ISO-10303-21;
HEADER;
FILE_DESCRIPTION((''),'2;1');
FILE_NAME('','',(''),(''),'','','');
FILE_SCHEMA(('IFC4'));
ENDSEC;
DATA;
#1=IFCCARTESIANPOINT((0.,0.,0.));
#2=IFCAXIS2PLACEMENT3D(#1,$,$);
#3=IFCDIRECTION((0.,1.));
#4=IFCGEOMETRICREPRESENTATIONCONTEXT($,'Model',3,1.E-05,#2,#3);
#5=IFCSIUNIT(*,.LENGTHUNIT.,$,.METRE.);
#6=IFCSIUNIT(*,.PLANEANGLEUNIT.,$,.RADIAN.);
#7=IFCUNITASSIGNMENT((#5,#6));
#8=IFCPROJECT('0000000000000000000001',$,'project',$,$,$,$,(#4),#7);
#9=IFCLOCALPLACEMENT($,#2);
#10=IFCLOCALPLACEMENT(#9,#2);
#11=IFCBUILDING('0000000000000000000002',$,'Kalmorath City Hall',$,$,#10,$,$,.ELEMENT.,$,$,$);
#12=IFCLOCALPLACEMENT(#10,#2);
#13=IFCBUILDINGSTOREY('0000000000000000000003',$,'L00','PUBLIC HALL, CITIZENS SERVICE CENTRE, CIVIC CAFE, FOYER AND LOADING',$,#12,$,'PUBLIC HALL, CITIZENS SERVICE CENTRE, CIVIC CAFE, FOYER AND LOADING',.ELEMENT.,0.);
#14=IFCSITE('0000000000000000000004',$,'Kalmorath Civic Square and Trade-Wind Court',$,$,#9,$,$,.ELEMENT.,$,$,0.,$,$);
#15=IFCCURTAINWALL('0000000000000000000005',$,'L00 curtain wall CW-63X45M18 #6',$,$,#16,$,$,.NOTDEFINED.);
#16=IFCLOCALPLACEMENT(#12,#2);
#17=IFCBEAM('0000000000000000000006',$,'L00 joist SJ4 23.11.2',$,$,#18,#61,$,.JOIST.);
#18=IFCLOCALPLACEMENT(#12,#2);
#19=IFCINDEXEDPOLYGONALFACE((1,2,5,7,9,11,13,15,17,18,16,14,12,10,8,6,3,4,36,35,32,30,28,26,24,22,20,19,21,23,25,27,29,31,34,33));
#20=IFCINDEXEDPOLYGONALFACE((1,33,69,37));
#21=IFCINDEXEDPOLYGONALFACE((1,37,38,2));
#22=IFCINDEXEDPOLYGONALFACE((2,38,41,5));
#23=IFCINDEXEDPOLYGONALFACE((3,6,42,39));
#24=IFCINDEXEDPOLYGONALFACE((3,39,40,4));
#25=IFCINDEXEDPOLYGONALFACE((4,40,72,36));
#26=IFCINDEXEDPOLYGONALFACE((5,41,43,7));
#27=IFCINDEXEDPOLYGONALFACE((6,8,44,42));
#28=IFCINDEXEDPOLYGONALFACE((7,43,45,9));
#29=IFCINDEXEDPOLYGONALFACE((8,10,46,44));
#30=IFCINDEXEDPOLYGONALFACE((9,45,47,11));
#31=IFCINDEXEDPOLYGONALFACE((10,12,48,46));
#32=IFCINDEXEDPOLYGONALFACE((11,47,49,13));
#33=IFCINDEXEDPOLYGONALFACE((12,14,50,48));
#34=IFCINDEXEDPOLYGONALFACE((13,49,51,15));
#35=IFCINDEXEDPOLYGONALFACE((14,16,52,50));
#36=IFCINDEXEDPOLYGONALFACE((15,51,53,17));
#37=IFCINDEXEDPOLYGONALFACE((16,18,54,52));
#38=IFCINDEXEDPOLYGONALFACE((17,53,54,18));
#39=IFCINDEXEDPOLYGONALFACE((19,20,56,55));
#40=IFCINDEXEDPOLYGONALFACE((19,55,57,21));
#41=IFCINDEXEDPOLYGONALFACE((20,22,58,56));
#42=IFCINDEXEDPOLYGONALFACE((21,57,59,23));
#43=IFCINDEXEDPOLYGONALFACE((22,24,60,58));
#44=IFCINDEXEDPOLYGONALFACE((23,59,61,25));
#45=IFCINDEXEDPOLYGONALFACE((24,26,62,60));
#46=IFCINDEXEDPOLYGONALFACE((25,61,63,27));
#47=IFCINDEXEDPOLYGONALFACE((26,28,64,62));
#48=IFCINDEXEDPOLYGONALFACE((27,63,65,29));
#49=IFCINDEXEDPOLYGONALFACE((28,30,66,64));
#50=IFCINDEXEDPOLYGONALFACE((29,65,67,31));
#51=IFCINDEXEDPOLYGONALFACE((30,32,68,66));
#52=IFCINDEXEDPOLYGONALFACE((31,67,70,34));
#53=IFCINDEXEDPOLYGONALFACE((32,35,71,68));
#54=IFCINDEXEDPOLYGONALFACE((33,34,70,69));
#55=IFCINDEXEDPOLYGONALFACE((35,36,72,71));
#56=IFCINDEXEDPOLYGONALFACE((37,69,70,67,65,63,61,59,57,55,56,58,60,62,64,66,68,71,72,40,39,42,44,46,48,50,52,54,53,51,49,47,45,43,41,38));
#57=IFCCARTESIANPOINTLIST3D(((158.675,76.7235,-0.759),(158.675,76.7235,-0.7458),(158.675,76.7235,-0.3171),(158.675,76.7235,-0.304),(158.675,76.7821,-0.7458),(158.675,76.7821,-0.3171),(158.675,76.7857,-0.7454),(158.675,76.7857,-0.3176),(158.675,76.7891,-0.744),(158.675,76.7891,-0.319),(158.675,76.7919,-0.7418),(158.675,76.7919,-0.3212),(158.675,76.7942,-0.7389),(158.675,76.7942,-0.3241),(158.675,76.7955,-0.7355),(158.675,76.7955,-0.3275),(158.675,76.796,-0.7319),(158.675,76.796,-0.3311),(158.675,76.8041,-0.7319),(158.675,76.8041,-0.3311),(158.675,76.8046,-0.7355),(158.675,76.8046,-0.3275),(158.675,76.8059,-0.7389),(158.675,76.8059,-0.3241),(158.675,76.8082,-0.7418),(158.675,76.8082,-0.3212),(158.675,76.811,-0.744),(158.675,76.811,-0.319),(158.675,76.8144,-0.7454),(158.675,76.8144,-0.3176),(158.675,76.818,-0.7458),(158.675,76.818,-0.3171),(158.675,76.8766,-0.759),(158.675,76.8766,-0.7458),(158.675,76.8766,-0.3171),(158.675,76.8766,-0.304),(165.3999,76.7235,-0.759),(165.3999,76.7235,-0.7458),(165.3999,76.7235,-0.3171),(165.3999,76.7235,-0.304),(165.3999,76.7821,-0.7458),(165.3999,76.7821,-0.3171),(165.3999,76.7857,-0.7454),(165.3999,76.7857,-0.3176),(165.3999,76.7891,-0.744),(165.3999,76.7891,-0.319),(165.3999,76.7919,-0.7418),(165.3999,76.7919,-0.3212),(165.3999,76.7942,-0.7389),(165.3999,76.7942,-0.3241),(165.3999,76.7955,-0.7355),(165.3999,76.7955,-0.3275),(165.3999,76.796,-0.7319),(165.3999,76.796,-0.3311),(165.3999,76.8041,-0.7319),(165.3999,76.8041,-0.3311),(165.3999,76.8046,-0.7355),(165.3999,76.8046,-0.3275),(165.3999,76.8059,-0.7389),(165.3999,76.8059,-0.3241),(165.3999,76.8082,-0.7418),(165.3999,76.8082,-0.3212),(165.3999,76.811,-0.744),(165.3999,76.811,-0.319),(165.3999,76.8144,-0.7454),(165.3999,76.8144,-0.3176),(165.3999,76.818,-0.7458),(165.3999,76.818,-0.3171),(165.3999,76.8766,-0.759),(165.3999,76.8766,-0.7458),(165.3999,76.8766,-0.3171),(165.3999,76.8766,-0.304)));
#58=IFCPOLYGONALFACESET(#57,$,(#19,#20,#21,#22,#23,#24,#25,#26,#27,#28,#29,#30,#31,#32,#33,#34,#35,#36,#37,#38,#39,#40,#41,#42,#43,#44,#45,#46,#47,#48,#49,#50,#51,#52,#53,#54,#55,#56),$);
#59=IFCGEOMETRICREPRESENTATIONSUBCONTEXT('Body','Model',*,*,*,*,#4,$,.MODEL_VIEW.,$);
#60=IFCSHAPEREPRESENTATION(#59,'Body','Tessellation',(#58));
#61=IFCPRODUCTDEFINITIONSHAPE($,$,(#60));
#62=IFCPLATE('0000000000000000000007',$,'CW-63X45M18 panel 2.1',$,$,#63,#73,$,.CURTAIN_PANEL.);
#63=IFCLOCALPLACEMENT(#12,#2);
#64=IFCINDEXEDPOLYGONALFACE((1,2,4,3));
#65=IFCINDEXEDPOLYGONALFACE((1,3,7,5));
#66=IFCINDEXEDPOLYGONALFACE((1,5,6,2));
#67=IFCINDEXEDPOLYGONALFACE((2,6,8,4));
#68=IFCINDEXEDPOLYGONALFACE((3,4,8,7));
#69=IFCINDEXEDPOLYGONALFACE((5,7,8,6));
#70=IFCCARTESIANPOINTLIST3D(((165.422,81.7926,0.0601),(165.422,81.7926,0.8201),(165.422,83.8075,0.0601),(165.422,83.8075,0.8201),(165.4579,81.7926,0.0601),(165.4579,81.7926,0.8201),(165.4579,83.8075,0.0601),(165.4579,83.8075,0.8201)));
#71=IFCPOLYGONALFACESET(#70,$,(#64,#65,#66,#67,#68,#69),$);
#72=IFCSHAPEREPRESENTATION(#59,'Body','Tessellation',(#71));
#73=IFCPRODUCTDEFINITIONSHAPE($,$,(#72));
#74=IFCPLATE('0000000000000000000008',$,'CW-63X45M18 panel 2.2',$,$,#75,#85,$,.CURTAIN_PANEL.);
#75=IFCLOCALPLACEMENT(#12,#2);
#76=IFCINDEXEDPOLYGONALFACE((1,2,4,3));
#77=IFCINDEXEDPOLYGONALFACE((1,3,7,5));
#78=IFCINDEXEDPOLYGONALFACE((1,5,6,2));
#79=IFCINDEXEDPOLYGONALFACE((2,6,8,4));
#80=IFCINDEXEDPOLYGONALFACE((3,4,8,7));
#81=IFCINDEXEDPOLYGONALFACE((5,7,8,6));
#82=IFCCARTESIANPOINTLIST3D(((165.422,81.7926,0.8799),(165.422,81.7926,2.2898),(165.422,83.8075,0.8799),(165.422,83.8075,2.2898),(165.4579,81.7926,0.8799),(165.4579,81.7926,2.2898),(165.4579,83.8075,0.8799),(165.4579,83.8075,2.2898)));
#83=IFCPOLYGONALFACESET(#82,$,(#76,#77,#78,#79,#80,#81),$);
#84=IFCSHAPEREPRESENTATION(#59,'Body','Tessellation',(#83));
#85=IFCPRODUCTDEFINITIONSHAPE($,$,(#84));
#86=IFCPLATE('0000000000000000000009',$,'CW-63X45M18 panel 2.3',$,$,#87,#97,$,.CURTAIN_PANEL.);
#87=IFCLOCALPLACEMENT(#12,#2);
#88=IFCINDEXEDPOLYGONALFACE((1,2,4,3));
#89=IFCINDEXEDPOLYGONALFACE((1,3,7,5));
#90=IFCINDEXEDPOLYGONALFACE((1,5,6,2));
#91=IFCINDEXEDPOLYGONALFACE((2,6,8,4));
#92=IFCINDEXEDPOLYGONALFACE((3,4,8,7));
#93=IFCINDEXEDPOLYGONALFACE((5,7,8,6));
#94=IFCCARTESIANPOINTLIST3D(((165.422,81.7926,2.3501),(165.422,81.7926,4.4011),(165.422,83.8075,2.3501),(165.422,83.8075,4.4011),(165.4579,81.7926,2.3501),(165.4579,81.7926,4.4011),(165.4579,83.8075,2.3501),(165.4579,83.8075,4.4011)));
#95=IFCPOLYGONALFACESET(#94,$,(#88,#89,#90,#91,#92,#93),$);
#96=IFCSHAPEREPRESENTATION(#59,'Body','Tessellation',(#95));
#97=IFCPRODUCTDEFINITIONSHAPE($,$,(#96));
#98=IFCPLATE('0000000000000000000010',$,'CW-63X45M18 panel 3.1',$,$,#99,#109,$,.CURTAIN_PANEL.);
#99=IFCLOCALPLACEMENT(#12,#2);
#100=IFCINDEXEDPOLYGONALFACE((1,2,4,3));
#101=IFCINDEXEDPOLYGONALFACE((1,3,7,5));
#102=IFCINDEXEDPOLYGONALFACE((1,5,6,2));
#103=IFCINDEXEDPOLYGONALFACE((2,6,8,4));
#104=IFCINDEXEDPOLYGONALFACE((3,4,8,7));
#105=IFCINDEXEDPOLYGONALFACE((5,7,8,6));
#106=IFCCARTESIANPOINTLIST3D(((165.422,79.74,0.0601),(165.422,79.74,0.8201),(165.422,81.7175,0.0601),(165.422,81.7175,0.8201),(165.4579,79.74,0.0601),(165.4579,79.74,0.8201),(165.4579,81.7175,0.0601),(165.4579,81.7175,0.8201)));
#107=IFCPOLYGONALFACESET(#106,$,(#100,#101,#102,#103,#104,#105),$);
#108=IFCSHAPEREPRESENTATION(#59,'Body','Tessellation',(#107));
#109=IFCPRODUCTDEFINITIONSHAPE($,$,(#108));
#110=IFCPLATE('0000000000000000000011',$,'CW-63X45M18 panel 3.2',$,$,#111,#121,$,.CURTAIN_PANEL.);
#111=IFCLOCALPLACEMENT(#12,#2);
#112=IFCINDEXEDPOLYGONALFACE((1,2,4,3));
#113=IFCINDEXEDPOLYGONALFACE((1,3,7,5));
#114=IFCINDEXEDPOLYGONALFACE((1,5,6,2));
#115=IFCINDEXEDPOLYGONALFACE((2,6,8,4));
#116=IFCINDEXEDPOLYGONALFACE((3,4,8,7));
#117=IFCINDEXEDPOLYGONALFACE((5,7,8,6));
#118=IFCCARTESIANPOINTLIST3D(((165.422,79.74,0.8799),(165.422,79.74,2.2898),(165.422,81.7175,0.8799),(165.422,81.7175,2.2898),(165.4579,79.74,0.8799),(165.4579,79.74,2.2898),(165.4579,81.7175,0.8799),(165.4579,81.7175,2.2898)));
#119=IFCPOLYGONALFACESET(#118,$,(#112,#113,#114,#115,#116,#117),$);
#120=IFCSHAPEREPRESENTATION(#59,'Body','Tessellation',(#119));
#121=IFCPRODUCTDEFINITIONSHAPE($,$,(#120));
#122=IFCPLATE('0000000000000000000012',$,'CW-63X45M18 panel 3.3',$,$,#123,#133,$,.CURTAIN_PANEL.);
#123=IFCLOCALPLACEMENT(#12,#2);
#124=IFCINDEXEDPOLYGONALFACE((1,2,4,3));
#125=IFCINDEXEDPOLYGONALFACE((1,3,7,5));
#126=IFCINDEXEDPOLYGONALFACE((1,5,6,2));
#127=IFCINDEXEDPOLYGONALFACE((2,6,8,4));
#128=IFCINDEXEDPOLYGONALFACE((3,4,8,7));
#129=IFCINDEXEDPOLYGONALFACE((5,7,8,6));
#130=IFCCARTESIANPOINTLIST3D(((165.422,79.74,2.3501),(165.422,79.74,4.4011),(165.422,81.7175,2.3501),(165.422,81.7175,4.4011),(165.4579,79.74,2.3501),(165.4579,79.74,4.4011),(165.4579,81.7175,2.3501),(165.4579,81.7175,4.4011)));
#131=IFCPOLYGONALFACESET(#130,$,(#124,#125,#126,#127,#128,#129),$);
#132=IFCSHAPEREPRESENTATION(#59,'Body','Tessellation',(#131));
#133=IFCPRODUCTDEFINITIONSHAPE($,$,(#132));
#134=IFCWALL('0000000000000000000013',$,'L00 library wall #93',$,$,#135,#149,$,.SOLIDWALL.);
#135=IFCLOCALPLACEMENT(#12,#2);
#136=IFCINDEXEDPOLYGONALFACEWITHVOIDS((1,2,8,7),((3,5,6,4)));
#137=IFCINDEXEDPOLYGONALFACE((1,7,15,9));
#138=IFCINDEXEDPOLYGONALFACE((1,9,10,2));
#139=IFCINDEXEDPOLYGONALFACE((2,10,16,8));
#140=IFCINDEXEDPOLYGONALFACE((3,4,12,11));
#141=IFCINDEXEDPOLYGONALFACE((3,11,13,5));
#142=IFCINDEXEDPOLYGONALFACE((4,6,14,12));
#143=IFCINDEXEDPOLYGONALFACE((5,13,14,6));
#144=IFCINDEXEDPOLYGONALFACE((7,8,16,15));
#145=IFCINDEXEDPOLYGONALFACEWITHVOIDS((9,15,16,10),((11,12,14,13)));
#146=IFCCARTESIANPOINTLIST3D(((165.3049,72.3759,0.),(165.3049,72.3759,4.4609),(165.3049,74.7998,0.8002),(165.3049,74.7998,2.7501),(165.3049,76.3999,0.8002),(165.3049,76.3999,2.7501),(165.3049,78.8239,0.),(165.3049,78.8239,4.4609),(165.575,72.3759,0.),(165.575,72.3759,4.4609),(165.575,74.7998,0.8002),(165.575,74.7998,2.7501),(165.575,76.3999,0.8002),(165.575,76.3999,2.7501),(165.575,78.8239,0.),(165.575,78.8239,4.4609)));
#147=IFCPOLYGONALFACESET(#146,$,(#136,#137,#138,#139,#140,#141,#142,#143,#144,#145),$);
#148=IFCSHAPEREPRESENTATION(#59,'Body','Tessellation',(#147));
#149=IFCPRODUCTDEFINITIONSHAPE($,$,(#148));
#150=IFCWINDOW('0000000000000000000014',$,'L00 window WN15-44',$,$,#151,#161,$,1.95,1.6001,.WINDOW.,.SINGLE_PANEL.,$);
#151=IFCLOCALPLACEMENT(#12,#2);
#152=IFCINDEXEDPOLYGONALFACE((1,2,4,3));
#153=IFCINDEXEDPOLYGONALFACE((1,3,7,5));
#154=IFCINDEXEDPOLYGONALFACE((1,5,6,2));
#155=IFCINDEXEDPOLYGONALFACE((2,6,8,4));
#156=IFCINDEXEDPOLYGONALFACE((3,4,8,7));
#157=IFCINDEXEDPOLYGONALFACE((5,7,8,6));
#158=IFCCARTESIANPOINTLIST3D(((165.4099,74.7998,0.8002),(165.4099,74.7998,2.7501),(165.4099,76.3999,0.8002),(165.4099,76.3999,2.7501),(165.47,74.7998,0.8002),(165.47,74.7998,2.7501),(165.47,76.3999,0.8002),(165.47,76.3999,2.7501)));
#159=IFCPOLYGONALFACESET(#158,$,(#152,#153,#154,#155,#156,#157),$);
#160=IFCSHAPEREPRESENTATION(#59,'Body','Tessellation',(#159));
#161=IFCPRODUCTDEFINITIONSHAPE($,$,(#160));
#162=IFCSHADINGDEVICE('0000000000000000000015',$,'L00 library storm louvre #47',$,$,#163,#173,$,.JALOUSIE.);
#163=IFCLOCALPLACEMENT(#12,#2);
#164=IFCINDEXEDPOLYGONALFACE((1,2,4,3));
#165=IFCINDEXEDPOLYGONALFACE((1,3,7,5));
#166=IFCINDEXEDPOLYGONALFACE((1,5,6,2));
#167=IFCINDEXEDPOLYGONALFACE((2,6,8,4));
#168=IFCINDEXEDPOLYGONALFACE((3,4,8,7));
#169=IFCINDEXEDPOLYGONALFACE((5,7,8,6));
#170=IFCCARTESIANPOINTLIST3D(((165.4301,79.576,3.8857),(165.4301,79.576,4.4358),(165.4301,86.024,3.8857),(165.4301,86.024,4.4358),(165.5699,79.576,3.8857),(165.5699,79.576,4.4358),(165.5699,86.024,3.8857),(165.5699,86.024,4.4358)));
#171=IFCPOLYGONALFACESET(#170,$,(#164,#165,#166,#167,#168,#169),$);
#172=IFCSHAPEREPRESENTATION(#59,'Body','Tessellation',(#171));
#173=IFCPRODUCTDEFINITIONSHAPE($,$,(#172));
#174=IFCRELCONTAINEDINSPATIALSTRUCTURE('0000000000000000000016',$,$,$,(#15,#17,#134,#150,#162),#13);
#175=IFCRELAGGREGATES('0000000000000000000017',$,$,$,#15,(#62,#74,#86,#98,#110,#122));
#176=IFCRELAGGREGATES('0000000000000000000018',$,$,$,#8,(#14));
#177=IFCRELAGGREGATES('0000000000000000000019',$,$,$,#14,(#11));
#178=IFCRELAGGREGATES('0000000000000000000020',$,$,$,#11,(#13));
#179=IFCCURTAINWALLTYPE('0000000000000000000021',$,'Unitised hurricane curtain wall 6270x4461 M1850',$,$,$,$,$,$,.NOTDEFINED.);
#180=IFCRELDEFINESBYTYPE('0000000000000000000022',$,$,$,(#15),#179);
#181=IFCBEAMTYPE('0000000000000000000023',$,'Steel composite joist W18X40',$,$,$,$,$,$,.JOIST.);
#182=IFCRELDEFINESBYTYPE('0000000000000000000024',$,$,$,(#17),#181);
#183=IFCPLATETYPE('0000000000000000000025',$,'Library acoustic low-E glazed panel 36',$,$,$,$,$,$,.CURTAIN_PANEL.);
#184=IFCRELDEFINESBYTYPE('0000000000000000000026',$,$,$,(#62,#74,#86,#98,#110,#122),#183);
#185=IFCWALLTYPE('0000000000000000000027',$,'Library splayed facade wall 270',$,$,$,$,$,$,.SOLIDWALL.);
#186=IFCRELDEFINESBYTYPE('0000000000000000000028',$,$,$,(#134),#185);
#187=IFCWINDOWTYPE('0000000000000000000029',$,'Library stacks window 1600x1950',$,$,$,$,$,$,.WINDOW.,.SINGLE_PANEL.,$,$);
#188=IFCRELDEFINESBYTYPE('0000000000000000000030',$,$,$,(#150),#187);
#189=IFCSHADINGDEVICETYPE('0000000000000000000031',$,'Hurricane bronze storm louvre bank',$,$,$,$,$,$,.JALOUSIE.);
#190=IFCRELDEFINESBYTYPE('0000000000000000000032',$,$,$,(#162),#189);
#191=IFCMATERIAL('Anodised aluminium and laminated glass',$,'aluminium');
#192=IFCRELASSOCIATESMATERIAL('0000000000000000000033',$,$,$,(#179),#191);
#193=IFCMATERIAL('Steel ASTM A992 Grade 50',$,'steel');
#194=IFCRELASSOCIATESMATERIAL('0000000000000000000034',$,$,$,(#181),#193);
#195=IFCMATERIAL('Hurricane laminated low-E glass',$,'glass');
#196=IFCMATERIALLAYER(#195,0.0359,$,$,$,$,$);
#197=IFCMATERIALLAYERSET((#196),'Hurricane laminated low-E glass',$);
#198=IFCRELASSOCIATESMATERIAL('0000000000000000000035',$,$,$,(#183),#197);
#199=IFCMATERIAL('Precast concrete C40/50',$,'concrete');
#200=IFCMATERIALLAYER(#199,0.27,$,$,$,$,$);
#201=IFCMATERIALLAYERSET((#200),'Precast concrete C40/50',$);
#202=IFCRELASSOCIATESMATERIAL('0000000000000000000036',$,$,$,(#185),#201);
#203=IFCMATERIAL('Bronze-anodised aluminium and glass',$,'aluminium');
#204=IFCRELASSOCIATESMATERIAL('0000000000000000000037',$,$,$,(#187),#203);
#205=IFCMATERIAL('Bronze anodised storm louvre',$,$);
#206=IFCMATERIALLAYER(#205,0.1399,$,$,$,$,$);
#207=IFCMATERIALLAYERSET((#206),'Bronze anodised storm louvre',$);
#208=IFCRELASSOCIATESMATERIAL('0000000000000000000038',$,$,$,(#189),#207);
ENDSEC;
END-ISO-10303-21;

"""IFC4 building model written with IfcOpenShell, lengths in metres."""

from ifc_helpers import new_model, si_unit, direction, frame, frame_2d, origin, origin_2d, place, context, subcontext, project, spatial, rectangle, i_section, extrude, material, layer, layer_set, material_profile, profile_set, type_object, element, fill, aggregate, save


model = new_model("IFC4")

# Units and contexts
model_context = context("Model", 3, precision=1e-05, world=origin(), true_north=direction((0.0, 1.0)))
body_context = subcontext(model_context, "Body", "Model", "MODEL_VIEW")
ifc_project = project(units=[si_unit("LENGTHUNIT", "METRE"), si_unit("PLANEANGLEUNIT", "RADIAN")], contexts=[model_context])

# Site, building, storey
site_placement = place(None, origin())
site = spatial("IfcSite", under=ifc_project, at=site_placement, Name="Kalmorath Civic Square and Trade-Wind Court", CompositionType="ELEMENT", RefElevation=0.0)
building_placement = place(site_placement, origin())
building = spatial("IfcBuilding", under=site, at=building_placement, Name="Kalmorath City Hall", CompositionType="ELEMENT")
storey_placement = place(building_placement, origin())
storey = spatial("IfcBuildingStorey", under=building, at=storey_placement, Name="L00", Description="PUBLIC HALL, CITIZENS SERVICE CENTRE, CIVIC CAFE, FOYER AND LOADING", LongName="PUBLIC HALL, CITIZENS SERVICE CENTRE, CIVIC CAFE, FOYER AND LOADING", CompositionType="ELEMENT", Elevation=0.0)

# Curtain wall
ifc_material_1 = material(Name="Anodised aluminium and laminated glass", Category="aluminium")
curtain_wall_type = type_object("IfcCurtainWallType", Name="Unitised hurricane curtain wall 6270x4461 M1850", PredefinedType="NOTDEFINED", material=ifc_material_1)
curtain_wall_placement = place(storey_placement, origin())
curtain_wall = element("IfcCurtainWall", 1, at=curtain_wall_placement, inside=storey, type_object=curtain_wall_type, Name="L00 curtain wall CW-63X45M18 #6", PredefinedType="NOTDEFINED")

# Beam
ifc_material_2 = material(Name="Steel ASTM A992 Grade 50", Category="steel")
ifc_material_profile_1 = material_profile(ifc_material_2, i_section(OverallWidth=0.1531, OverallDepth=0.4551, WebThickness=0.0081, FlangeThickness=0.0132, FilletRadius=0.0139, at=origin_2d()), Name="W18X40")
ifc_profile_set_1 = profile_set([ifc_material_profile_1], Name="Steel ASTM A992 Grade 50")
beam_type_1 = type_object("IfcBeamType", Name="Steel composite joist W18X40", PredefinedType="JOIST", material=ifc_profile_set_1)
beam_1_placement = place(storey_placement, frame((158.675, 76.8, -0.5315), z_axis=(1.0, 0.0, 0.0), x_axis=(0.0, 1.0, 0.0)))
element("IfcBeam", 2, at=beam_1_placement, inside=storey, type_object=beam_type_1, Name="L00 joist SJ4 23.11.2", PredefinedType="JOIST", context=body_context, shape_type="SweptSolid", body=[
    extrude(i_section(OverallWidth=0.1531, OverallDepth=0.4551, WebThickness=0.0081, FlangeThickness=0.0132, FilletRadius=0.0139, at=origin_2d()), origin(), (0.0, 0.0, 1.0), 6.7249),
])

# Plates
ifc_material_3 = material(Name="Hurricane laminated low-E glass", Category="glass")
ifc_layer_1 = layer(ifc_material_3, 0.0359)
ifc_layer_set_1 = layer_set([ifc_layer_1], Name="Hurricane laminated low-E glass")
plate_type = type_object("IfcPlateType", Name="Library acoustic low-E glazed panel 36", PredefinedType="CURTAIN_PANEL", material=ifc_layer_set_1)
plate_1_placement = place(storey_placement, frame((165.4399, 82.8, 0.0601), z_axis=(0.0, 0.0, 1.0), x_axis=(0.0, -1.0, 0.0)))
plate_1 = element("IfcPlate", 3, at=plate_1_placement, type_object=plate_type, Name="CW-63X45M18 panel 2.1", PredefinedType="CURTAIN_PANEL", context=body_context, shape_type="SweptSolid", body=[
    extrude(rectangle(XDim=2.0149, YDim=0.0359, at=origin_2d()), origin(), (0.0, 0.0, 1.0), 0.76),
])
plate_2_placement = place(storey_placement, frame((165.4399, 82.8, 0.8799), z_axis=(0.0, 0.0, 1.0), x_axis=(0.0, -1.0, 0.0)))
plate_2 = element("IfcPlate", 4, at=plate_2_placement, type_object=plate_type, Name="CW-63X45M18 panel 2.2", PredefinedType="CURTAIN_PANEL", context=body_context, shape_type="SweptSolid", body=[
    extrude(rectangle(XDim=2.0149, YDim=0.0359, at=origin_2d()), origin(), (0.0, 0.0, 1.0), 1.4099),
])
plate_3_placement = place(storey_placement, frame((165.4399, 82.8, 2.3501), z_axis=(0.0, 0.0, 1.0), x_axis=(0.0, -1.0, 0.0)))
plate_3 = element("IfcPlate", 5, at=plate_3_placement, type_object=plate_type, Name="CW-63X45M18 panel 2.3", PredefinedType="CURTAIN_PANEL", context=body_context, shape_type="SweptSolid", body=[
    extrude(rectangle(XDim=2.0149, YDim=0.0359, at=origin_2d()), origin(), (0.0, 0.0, 1.0), 2.051),
])
plate_4_placement = place(storey_placement, frame((165.4399, 80.7288, 0.0601), z_axis=(0.0, 0.0, 1.0), x_axis=(0.0, -1.0, 0.0)))
plate_4 = element("IfcPlate", 6, at=plate_4_placement, type_object=plate_type, Name="CW-63X45M18 panel 3.1", PredefinedType="CURTAIN_PANEL", context=body_context, shape_type="SweptSolid", body=[
    extrude(rectangle(XDim=1.9775, YDim=0.0359, at=origin_2d()), origin(), (0.0, 0.0, 1.0), 0.76),
])
plate_5_placement = place(storey_placement, frame((165.4399, 80.7288, 0.8799), z_axis=(0.0, 0.0, 1.0), x_axis=(0.0, -1.0, 0.0)))
plate_5 = element("IfcPlate", 7, at=plate_5_placement, type_object=plate_type, Name="CW-63X45M18 panel 3.2", PredefinedType="CURTAIN_PANEL", context=body_context, shape_type="SweptSolid", body=[
    extrude(rectangle(XDim=1.9775, YDim=0.0359, at=origin_2d()), origin(), (0.0, 0.0, 1.0), 1.4099),
])
plate_6_placement = place(storey_placement, frame((165.4399, 80.7288, 2.3501), z_axis=(0.0, 0.0, 1.0), x_axis=(0.0, -1.0, 0.0)))
plate_6 = element("IfcPlate", 8, at=plate_6_placement, type_object=plate_type, Name="CW-63X45M18 panel 3.3", PredefinedType="CURTAIN_PANEL", context=body_context, shape_type="SweptSolid", body=[
    extrude(rectangle(XDim=1.9775, YDim=0.0359, at=origin_2d()), origin(), (0.0, 0.0, 1.0), 2.051),
])
aggregate(curtain_wall, [plate_1, plate_2, plate_3, plate_4, plate_5, plate_6])

# Wall, opening, window
ifc_material_4 = material(Name="Precast concrete C40/50", Category="concrete")
ifc_layer_2 = layer(ifc_material_4, 0.27)
ifc_layer_set_2 = layer_set([ifc_layer_2], Name="Precast concrete C40/50")
wall_type = type_object("IfcWallType", Name="Library splayed facade wall 270", PredefinedType="SOLIDWALL", material=ifc_layer_set_2)
wall_placement = place(storey_placement, frame((165.4399, 78.824, 0.0), z_axis=(0.0, 0.0, 1.0), x_axis=(0.0, -1.0, 0.0)))
wall = element("IfcWall", 9, at=wall_placement, inside=storey, type_object=wall_type, Name="L00 library wall #93", PredefinedType="SOLIDWALL", context=body_context, shape_type="SweptSolid", body=[
    extrude(rectangle(XDim=6.448, YDim=0.27, at=frame_2d((3.2241, 0.0))), origin(), (0.0, 0.0, 1.0), 4.4609),
])
opening_placement = place(wall_placement, frame((2.4241, 0.0, 0.8)))
opening = element("IfcOpeningElement", 10, at=opening_placement, cuts=wall, PredefinedType="OPENING", context=body_context, shape_type="SweptSolid", body=[
    extrude(rectangle(XDim=1.6001, YDim=1.95, at=frame_2d((0.8, 0.9751))), frame((0.0, 0.145, 0.0), z_axis=(0.0, -1.0, 0.0), x_axis=(1.0, 0.0, 0.0)), (0.0, 0.0, 1.0), 0.29),
])
ifc_material_5 = material(Name="Bronze-anodised aluminium and glass", Category="aluminium")
window_type = type_object("IfcWindowType", Name="Library stacks window 1600x1950", PartitioningType="SINGLE_PANEL", PredefinedType="WINDOW", material=ifc_material_5)
window_placement = place(opening_placement, origin())
window = element("IfcWindow", 11, at=window_placement, inside=storey, type_object=window_type, Name="L00 window WN15-44", OverallHeight=1.95, OverallWidth=1.6001, PartitioningType="SINGLE_PANEL", PredefinedType="WINDOW", context=body_context, shape_type="SweptSolid", body=[
    extrude(rectangle(XDim=1.6001, YDim=1.95, at=frame_2d((0.8, 0.9751))), frame((0.0, 0.03, 0.0), z_axis=(0.0, -1.0, 0.0), x_axis=(1.0, 0.0, 0.0)), (0.0, 0.0, 1.0), 0.0601),
])
fill(opening, window)

# Shading device
ifc_material_6 = material(Name="Bronze anodised storm louvre")
ifc_layer_3 = layer(ifc_material_6, 0.1399)
ifc_layer_set_3 = layer_set([ifc_layer_3], Name="Bronze anodised storm louvre")
shading_device_type = type_object("IfcShadingDeviceType", Name="Hurricane bronze storm louvre bank", PredefinedType="JALOUSIE", material=ifc_layer_set_3)
shading_device_placement = place(storey_placement, frame((165.5, 82.8, 3.8857), z_axis=(0.0, 0.0, 1.0), x_axis=(0.0, -1.0, 0.0)))
element("IfcShadingDevice", 12, at=shading_device_placement, inside=storey, type_object=shading_device_type, Name="L00 library storm louvre #47", PredefinedType="JALOUSIE", context=body_context, shape_type="SweptSolid", body=[
    extrude(rectangle(XDim=6.448, YDim=0.1399, at=origin_2d()), origin(), (0.0, 0.0, 1.0), 0.55),
])

save(model, "model.ifc")
